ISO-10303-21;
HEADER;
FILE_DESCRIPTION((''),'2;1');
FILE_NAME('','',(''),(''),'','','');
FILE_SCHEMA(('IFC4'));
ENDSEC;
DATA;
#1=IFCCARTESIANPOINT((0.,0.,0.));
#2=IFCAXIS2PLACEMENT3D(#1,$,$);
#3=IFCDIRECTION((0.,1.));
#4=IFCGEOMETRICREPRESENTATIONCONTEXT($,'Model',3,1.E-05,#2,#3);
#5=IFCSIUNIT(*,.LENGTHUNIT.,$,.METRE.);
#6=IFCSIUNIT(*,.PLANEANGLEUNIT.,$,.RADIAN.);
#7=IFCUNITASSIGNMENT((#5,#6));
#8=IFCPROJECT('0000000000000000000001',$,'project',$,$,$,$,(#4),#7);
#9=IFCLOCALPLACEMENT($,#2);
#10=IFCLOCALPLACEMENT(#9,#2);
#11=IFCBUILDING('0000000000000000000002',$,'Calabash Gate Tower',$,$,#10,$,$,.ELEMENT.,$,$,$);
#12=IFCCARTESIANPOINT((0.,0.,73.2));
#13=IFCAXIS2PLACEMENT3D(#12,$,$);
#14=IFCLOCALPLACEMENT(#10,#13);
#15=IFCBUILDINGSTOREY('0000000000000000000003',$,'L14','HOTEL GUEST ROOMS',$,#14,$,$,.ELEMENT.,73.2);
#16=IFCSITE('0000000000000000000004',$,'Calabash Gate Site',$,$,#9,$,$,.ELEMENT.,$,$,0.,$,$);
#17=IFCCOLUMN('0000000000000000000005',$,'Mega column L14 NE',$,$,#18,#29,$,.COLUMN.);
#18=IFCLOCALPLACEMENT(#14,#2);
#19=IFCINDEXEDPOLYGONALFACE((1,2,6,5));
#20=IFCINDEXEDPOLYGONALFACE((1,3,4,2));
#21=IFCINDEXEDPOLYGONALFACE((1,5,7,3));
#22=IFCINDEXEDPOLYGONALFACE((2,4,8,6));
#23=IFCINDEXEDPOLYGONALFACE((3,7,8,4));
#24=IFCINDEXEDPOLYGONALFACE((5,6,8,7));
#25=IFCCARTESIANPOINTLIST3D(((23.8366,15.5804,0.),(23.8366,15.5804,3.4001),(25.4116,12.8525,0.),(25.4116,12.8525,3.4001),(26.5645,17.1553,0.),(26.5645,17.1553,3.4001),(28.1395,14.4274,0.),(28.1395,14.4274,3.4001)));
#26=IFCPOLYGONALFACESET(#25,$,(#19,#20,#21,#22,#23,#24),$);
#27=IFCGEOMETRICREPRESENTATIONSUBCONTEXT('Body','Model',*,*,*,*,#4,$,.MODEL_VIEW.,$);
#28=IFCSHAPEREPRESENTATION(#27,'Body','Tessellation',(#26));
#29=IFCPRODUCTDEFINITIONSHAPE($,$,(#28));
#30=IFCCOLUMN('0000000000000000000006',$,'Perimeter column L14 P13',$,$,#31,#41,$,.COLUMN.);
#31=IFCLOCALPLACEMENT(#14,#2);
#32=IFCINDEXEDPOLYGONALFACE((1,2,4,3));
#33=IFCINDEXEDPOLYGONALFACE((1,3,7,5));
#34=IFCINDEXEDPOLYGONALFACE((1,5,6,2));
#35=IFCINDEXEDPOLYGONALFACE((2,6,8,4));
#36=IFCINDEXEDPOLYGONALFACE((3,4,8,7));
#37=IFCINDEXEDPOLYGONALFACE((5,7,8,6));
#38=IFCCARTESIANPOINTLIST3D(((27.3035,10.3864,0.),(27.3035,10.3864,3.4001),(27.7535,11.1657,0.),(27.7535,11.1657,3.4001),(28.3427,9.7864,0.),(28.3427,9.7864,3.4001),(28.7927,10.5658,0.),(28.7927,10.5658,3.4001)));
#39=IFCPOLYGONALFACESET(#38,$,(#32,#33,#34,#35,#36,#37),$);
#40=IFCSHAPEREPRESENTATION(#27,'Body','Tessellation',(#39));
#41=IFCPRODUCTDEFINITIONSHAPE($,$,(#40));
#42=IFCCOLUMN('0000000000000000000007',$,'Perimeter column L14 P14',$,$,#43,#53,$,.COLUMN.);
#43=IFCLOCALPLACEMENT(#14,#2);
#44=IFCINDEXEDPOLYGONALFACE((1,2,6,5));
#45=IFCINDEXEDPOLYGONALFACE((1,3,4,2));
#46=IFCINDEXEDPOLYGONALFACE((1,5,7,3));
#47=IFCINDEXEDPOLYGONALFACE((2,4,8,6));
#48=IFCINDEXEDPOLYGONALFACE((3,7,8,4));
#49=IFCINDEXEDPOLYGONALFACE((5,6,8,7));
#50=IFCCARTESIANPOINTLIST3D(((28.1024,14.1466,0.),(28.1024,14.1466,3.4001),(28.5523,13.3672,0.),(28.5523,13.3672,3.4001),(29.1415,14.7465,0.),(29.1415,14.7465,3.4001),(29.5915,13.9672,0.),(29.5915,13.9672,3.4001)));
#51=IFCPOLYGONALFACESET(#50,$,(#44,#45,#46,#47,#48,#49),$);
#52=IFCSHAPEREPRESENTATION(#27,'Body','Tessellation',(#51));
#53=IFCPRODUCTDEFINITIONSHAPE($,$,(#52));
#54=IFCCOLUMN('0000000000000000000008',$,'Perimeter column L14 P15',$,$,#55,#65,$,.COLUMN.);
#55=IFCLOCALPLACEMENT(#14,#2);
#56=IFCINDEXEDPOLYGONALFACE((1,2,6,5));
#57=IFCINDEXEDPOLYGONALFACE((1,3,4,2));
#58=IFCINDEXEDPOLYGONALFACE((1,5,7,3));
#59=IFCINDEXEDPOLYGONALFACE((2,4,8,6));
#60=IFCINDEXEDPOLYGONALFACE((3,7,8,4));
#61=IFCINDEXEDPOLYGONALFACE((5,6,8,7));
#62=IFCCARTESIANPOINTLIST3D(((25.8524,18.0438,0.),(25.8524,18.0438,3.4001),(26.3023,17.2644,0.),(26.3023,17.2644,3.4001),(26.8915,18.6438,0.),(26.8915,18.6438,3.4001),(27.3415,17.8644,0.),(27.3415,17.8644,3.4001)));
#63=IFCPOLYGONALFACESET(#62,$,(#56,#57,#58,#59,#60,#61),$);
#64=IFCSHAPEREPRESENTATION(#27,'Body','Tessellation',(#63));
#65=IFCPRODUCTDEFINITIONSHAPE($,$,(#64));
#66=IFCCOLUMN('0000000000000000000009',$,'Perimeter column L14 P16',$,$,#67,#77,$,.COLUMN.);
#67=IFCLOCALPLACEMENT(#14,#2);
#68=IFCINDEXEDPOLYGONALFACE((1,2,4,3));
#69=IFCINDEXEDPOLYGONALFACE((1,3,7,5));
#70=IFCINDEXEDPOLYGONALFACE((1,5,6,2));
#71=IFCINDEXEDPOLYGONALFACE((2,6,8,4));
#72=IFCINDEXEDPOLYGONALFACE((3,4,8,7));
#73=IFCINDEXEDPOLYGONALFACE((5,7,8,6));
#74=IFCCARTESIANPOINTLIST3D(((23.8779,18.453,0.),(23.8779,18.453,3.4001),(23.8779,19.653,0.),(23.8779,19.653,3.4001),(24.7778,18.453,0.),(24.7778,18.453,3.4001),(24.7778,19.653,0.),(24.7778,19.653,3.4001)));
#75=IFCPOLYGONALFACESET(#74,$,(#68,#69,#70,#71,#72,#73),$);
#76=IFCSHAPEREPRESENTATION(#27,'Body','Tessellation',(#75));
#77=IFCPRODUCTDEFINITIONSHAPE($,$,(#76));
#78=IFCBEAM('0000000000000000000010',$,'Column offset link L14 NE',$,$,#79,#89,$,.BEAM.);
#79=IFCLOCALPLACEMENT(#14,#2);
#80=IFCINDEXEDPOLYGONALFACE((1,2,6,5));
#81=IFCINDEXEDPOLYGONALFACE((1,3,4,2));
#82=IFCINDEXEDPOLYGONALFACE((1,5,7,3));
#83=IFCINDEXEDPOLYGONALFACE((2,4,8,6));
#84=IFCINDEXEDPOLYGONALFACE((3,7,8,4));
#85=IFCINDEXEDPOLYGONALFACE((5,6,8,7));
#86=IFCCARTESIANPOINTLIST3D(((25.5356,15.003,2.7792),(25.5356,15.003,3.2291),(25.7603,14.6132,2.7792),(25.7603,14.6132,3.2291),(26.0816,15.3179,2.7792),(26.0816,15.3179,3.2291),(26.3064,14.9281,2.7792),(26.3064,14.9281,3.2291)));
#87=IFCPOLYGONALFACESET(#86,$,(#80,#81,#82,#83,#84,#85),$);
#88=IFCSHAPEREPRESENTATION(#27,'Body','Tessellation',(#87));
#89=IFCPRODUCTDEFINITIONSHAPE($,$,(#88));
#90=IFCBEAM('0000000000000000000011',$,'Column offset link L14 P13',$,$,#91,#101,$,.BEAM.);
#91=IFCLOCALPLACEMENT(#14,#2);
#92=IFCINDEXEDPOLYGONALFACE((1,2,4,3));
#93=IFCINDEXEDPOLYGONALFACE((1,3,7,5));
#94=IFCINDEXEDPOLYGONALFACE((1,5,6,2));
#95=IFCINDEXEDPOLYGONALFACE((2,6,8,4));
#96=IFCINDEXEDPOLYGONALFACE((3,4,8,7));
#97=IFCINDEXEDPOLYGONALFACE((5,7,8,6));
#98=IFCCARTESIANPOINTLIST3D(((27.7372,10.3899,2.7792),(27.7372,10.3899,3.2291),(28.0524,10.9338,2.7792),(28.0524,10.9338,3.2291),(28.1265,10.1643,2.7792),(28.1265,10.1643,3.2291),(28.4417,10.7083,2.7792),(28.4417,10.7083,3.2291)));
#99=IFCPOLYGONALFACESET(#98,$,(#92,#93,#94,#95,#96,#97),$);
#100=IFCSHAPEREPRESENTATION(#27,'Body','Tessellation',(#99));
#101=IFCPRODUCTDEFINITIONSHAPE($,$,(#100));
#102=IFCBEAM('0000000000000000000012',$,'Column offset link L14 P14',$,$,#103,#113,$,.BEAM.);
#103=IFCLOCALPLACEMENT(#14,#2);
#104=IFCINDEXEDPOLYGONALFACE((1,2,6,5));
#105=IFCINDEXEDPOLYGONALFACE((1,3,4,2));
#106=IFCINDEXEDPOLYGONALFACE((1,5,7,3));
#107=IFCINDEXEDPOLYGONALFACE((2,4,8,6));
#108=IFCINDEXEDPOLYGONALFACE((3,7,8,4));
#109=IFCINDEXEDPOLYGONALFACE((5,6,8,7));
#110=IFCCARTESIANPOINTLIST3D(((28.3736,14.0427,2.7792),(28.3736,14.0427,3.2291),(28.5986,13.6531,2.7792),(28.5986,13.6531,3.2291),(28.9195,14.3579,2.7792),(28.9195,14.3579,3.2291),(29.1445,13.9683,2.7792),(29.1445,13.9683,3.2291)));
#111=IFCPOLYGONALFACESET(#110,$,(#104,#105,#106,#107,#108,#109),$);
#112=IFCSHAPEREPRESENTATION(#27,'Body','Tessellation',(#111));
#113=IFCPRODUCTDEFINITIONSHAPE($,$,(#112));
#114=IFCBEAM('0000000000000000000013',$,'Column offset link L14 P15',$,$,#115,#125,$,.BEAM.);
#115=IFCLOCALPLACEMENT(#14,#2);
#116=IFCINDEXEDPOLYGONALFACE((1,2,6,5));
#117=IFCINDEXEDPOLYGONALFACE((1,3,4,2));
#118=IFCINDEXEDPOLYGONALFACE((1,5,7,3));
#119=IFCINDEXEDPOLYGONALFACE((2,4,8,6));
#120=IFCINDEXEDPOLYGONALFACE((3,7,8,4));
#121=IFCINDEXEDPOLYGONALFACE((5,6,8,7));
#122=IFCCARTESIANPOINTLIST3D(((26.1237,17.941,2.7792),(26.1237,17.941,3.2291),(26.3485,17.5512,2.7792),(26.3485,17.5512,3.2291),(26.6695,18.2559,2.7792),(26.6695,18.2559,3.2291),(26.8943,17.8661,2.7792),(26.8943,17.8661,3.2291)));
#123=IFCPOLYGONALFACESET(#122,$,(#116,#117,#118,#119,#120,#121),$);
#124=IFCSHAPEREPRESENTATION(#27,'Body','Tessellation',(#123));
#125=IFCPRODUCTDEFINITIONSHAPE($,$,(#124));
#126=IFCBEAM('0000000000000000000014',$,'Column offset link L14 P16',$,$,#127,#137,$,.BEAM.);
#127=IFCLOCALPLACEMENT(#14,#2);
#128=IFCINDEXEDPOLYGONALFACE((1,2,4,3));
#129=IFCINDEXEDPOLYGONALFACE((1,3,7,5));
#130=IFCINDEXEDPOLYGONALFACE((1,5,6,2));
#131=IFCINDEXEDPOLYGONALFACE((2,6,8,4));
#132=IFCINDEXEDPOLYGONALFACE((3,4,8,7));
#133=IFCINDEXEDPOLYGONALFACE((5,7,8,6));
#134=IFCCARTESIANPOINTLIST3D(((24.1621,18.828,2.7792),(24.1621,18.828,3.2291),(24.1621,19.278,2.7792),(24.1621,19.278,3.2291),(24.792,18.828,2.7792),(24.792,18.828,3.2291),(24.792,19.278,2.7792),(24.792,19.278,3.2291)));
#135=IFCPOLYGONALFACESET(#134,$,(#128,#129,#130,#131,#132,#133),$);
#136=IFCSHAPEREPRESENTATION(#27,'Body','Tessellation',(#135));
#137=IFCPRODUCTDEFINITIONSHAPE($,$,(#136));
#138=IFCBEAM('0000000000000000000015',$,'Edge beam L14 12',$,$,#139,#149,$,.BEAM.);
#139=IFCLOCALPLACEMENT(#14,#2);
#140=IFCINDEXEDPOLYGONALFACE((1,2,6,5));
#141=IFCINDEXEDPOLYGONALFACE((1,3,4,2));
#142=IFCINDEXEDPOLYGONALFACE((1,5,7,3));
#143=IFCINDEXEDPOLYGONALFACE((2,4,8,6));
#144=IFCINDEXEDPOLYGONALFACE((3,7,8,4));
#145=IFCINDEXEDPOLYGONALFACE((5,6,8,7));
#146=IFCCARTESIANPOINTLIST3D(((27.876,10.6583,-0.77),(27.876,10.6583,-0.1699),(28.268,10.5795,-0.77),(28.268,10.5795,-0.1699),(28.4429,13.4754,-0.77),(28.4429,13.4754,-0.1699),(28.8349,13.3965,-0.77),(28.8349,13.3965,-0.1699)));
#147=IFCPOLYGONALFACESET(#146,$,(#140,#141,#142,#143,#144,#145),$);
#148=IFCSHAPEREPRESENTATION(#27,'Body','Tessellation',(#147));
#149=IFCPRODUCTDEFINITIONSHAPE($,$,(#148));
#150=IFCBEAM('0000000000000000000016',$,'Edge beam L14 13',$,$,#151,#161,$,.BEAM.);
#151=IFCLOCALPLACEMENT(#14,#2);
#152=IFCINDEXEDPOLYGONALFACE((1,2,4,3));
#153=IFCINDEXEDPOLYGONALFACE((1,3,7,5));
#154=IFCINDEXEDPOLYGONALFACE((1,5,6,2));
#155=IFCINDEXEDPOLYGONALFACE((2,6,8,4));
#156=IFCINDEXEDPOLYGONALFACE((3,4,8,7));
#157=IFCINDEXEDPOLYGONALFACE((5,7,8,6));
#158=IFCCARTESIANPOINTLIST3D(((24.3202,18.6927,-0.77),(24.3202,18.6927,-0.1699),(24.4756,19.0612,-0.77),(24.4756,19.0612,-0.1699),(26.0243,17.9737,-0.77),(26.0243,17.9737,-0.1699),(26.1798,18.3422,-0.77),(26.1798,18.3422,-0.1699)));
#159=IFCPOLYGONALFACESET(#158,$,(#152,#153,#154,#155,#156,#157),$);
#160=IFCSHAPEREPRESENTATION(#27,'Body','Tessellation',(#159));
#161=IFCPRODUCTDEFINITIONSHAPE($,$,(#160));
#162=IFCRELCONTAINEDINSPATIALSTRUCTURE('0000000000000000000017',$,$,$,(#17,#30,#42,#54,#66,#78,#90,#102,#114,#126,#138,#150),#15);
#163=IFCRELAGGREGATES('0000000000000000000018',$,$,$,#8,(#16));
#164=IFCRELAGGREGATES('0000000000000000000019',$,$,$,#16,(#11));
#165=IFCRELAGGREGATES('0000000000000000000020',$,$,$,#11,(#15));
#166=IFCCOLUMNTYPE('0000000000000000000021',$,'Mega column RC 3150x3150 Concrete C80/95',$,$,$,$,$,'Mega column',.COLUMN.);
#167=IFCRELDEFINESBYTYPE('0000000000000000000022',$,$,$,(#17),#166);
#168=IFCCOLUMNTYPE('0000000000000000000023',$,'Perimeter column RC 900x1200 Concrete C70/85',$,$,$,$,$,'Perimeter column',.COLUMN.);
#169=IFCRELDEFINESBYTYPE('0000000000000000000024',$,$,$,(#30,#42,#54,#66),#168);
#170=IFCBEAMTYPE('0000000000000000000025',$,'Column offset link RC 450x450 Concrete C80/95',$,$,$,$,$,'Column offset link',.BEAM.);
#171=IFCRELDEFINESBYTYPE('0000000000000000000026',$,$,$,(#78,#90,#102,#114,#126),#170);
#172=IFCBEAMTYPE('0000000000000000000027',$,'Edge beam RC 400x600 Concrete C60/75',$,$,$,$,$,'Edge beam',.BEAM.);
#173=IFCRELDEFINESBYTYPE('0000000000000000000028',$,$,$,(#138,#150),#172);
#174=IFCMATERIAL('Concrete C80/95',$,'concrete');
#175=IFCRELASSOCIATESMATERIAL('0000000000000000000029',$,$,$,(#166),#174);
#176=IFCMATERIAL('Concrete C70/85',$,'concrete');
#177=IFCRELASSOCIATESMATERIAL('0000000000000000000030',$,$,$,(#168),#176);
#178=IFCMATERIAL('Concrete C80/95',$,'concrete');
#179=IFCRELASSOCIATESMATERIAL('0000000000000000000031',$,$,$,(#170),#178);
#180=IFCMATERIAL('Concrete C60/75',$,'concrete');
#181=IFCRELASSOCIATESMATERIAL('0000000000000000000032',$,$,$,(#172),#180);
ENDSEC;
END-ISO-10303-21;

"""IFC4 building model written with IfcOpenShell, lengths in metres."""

from ifc_helpers import new_model, si_unit, direction, frame, origin, origin_2d, place, context, subcontext, project, spatial, rectangle, extrude, material, material_profile, profile_set, type_object, element, save


model = new_model("IFC4")

# Units and contexts
model_context = context("Model", 3, precision=1e-05, world=origin(), true_north=direction((0.0, 1.0)))
body_context = subcontext(model_context, "Body", "Model", "MODEL_VIEW")
ifc_project = project(units=[si_unit("LENGTHUNIT", "METRE"), si_unit("PLANEANGLEUNIT", "RADIAN")], contexts=[model_context])

# Site, building, storey
site_placement = place(None, origin())
site = spatial("IfcSite", under=ifc_project, at=site_placement, Name="Calabash Gate Site", CompositionType="ELEMENT", RefElevation=0.0)
building_placement = place(site_placement, origin())
building = spatial("IfcBuilding", under=site, at=building_placement, Name="Calabash Gate Tower", CompositionType="ELEMENT")
storey_placement = place(building_placement, frame((0.0, 0.0, 73.2)))
storey = spatial("IfcBuildingStorey", under=building, at=storey_placement, Name="L14", Description="HOTEL GUEST ROOMS", CompositionType="ELEMENT", Elevation=73.2)

# Columns
ifc_material_1 = material(Name="Concrete C80/95", Category="concrete")
ifc_material_profile_1 = material_profile(ifc_material_1, rectangle(XDim=3.1499, YDim=3.1499, at=origin_2d()))
ifc_profile_set_1 = profile_set([ifc_material_profile_1], Name="Concrete C80/95")
column_type_1 = type_object("IfcColumnType", Name="Mega column RC 3150x3150 Concrete C80/95", ElementType="Mega column", PredefinedType="COLUMN", material=ifc_profile_set_1)
column_placement = place(storey_placement, frame((25.988, 15.0039, 0.0), z_axis=(0.0, 0.0, 1.0), x_axis=(-0.866025, -0.5, 0.0)))
element("IfcColumn", 1, at=column_placement, inside=storey, type_object=column_type_1, Name="Mega column L14 NE", PredefinedType="COLUMN", context=body_context, shape_type="SweptSolid", body=[
    extrude(rectangle(XDim=3.1499, YDim=3.1499, at=origin_2d()), origin(), (0.0, 0.0, 1.0), 3.4001),
])
ifc_material_2 = material(Name="Concrete C70/85", Category="concrete")
ifc_material_profile_2 = material_profile(ifc_material_2, rectangle(XDim=0.8999, YDim=1.2, at=origin_2d()))
ifc_profile_set_2 = profile_set([ifc_material_profile_2], Name="Concrete C70/85")
column_type_2 = type_object("IfcColumnType", Name="Perimeter column RC 900x1200 Concrete C70/85", ElementType="Perimeter column", PredefinedType="COLUMN", material=ifc_profile_set_2)
for number, where, z_axis, x_axis, name in (
    (2, (28.0481, 10.4761, 0.0), (0.0, 0.0, 1.0), (0.5, 0.866025, 0.0), "Perimeter column L14 P13"),
    (3, (28.8469, 14.0569, 0.0), (0.0, 0.0, 1.0), (-0.5, 0.866025, 0.0), "Perimeter column L14 P14"),
    (4, (26.5969, 17.9541, 0.0), (0.0, 0.0, 1.0), (-0.5, 0.866025, 0.0), "Perimeter column L14 P15"),
    (5, (24.3279, 19.053, 0.0), (0.0, 0.0, 1.0), (-1.0, 0.0, 0.0), "Perimeter column L14 P16"),
):
    element("IfcColumn", number, at=place(storey_placement, frame(where, z_axis=z_axis, x_axis=x_axis)), inside=storey, type_object=column_type_2, Name=name, PredefinedType="COLUMN", context=body_context, shape_type="SweptSolid", body=[
        extrude(rectangle(XDim=0.8999, YDim=1.2, at=origin_2d()), origin(), (0.0, 0.0, 1.0), 3.4001),
    ])

# Beams
ifc_material_3 = material(Name="Concrete C80/95", Category="concrete")
ifc_material_profile_3 = material_profile(ifc_material_3, rectangle(XDim=0.45, YDim=0.45, at=origin_2d()))
ifc_profile_set_3 = profile_set([ifc_material_profile_3], Name="Concrete C80/95")
beam_type_1 = type_object("IfcBeamType", Name="Column offset link RC 450x450 Concrete C80/95", ElementType="Column offset link", PredefinedType="BEAM", material=ifc_profile_set_3)
beam_1_placement = place(storey_placement, frame((25.6479, 14.8081, 3.0042), z_axis=(0.866282, 0.499555, 0.0), x_axis=(-0.499555, 0.866282, 0.0)))
element("IfcBeam", 6, at=beam_1_placement, inside=storey, type_object=beam_type_1, Name="Column offset link L14 NE", PredefinedType="BEAM", context=body_context, shape_type="SweptSolid", body=[
    extrude(rectangle(XDim=0.45, YDim=0.45, at=origin_2d()), origin(), (0.0, 0.0, 1.0), 0.6304),
])
beam_2_placement = place(storey_placement, frame((27.9319, 10.2771, 3.0042), z_axis=(0.501358, 0.86524, 0.0), x_axis=(-0.86524, 0.501358, 0.0)))
element("IfcBeam", 7, at=beam_2_placement, inside=storey, type_object=beam_type_1, Name="Column offset link L14 P13", PredefinedType="BEAM", context=body_context, shape_type="SweptSolid", body=[
    extrude(rectangle(XDim=0.45, YDim=0.45, at=origin_2d()), origin(), (0.0, 0.0, 1.0), 0.6287),
])
beam_3_placement = place(storey_placement, frame((28.4861, 13.8479, 3.0042), z_axis=(0.866018, 0.500013, 0.0), x_axis=(-0.500013, 0.866018, 0.0)))
element("IfcBeam", 8, at=beam_3_placement, inside=storey, type_object=beam_type_1, Name="Column offset link L14 P14", PredefinedType="BEAM", context=body_context, shape_type="SweptSolid", body=[
    extrude(rectangle(XDim=0.45, YDim=0.45, at=origin_2d()), origin(), (0.0, 0.0, 1.0), 0.6304),
])
beam_4_placement = place(storey_placement, frame((26.2361, 17.7461, 3.0042), z_axis=(0.866186, 0.499722, 0.0), x_axis=(-0.499722, 0.866186, 0.0)))
element("IfcBeam", 9, at=beam_4_placement, inside=storey, type_object=beam_type_1, Name="Column offset link L14 P15", PredefinedType="BEAM", context=body_context, shape_type="SweptSolid", body=[
    extrude(rectangle(XDim=0.45, YDim=0.45, at=origin_2d()), origin(), (0.0, 0.0, 1.0), 0.6301),
])
beam_5_placement = place(storey_placement, frame((24.1621, 19.053, 3.0042), z_axis=(1.0, 0.0, 0.0), x_axis=(0.0, 1.0, 0.0)))
element("IfcBeam", 10, at=beam_5_placement, inside=storey, type_object=beam_type_1, Name="Column offset link L14 P16", PredefinedType="BEAM", context=body_context, shape_type="SweptSolid", body=[
    extrude(rectangle(XDim=0.45, YDim=0.45, at=origin_2d()), origin(), (0.0, 0.0, 1.0), 0.6299),
])
ifc_material_4 = material(Name="Concrete C60/75", Category="concrete")
ifc_material_profile_4 = material_profile(ifc_material_4, rectangle(XDim=0.3999, YDim=0.6001, at=origin_2d()))
ifc_profile_set_4 = profile_set([ifc_material_profile_4], Name="Concrete C60/75")
beam_type_2 = type_object("IfcBeamType", Name="Edge beam RC 400x600 Concrete C60/75", ElementType="Edge beam", PredefinedType="BEAM", material=ifc_profile_set_4)
beam_6_placement = place(storey_placement, frame((28.072, 10.6189, -0.47), z_axis=(0.197276, 0.980348, 0.0), x_axis=(-0.980348, 0.197276, 0.0)))
element("IfcBeam", 11, at=beam_6_placement, inside=storey, type_object=beam_type_2, Name="Edge beam L14 12", PredefinedType="BEAM", context=body_context, shape_type="SweptSolid", body=[
    extrude(rectangle(XDim=0.3999, YDim=0.6001, at=origin_2d()), origin(), (0.0, 0.0, 1.0), 2.8735),
])
beam_7_placement = place(storey_placement, frame((26.1021, 18.158, -0.47), z_axis=(-0.921349, 0.388736, 0.0), x_axis=(-0.388736, -0.921349, 0.0)))
element("IfcBeam", 12, at=beam_7_placement, inside=storey, type_object=beam_type_2, Name="Edge beam L14 13", PredefinedType="BEAM", context=body_context, shape_type="SweptSolid", body=[
    extrude(rectangle(XDim=0.3999, YDim=0.6001, at=origin_2d()), origin(), (0.0, 0.0, 1.0), 1.8496),
])

save(model, "model.ifc")
